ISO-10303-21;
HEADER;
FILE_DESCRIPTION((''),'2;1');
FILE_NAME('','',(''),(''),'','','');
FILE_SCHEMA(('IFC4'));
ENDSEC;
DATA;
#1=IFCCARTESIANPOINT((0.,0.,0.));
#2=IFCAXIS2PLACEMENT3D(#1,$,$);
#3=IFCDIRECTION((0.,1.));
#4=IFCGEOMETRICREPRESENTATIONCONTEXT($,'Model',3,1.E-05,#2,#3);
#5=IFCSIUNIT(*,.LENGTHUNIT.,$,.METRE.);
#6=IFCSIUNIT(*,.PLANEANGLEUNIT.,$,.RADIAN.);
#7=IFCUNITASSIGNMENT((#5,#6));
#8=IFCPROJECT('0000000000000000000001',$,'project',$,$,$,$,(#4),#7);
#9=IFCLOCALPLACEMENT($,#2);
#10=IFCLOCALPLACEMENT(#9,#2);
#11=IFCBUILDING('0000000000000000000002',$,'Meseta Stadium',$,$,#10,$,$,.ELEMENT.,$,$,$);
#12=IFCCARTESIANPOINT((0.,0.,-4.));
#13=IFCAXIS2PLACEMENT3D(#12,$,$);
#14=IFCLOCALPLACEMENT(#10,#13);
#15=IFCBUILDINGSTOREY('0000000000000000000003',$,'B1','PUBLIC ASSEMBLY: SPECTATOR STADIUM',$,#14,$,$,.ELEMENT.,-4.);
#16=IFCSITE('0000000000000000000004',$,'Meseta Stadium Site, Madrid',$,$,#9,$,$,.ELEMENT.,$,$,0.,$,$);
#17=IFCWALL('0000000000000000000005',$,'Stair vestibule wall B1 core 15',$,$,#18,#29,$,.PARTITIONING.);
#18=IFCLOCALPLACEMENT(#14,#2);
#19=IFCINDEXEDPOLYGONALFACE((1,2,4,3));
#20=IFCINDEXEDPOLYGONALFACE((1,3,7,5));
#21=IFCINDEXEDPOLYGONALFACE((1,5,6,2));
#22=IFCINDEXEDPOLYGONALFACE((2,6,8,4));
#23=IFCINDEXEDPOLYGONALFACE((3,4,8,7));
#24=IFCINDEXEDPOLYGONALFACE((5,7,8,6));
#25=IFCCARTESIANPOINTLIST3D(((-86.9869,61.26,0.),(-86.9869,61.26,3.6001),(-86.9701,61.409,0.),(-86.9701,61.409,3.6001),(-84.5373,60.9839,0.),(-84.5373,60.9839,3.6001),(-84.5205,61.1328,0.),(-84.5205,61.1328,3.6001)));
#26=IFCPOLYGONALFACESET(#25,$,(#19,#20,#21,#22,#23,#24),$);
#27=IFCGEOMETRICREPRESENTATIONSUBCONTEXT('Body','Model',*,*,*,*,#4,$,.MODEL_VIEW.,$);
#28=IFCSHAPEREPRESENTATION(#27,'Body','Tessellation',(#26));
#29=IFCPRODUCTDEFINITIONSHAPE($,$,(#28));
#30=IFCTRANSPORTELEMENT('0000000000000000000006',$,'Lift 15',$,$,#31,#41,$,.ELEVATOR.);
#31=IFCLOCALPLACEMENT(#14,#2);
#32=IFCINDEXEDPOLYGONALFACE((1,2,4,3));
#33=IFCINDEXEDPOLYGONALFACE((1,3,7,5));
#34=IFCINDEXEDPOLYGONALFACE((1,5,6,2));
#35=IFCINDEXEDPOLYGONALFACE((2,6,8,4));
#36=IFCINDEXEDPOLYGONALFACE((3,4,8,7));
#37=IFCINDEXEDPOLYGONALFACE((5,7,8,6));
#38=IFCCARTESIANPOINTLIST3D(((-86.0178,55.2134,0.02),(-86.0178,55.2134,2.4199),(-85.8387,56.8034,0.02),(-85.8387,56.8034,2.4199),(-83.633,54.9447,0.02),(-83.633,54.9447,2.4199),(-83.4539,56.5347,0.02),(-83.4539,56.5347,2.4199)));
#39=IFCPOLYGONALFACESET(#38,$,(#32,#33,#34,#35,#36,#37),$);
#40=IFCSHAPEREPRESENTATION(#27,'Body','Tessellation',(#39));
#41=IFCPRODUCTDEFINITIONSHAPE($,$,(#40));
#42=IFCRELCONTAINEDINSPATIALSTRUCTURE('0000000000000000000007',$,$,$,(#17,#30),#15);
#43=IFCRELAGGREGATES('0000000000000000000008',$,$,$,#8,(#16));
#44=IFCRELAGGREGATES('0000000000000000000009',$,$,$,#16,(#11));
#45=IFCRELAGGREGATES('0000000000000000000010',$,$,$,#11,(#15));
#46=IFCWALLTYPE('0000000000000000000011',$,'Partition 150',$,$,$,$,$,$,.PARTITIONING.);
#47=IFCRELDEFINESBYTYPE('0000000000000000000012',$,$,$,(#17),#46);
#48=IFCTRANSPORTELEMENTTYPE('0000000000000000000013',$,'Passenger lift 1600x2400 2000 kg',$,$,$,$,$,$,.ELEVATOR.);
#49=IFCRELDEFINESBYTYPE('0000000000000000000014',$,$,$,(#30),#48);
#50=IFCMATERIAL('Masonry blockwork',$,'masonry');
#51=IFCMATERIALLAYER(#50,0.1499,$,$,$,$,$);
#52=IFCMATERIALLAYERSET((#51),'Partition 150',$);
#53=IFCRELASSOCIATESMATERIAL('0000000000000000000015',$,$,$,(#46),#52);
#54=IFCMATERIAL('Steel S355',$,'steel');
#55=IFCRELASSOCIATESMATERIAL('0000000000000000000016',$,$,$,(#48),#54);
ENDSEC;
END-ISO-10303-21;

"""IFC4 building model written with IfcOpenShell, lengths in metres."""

from ifc_helpers import new_model, si_unit, direction, frame, frame_2d, origin, origin_2d, place, context, subcontext, project, spatial, rectangle, extrude, material, layer, layer_set, type_object, element, save


model = new_model("IFC4")

# Units and contexts
model_context = context("Model", 3, precision=1e-05, world=origin(), true_north=direction((0.0, 1.0)))
body_context = subcontext(model_context, "Body", "Model", "MODEL_VIEW")
ifc_project = project(units=[si_unit("LENGTHUNIT", "METRE"), si_unit("PLANEANGLEUNIT", "RADIAN")], contexts=[model_context])

# Site, building, storey
site_placement = place(None, origin())
site = spatial("IfcSite", under=ifc_project, at=site_placement, Name="Meseta Stadium Site, Madrid", CompositionType="ELEMENT", RefElevation=0.0)
building_placement = place(site_placement, origin())
building = spatial("IfcBuilding", under=site, at=building_placement, Name="Meseta Stadium", CompositionType="ELEMENT")
storey_placement = place(building_placement, frame((0.0, 0.0, -4.0)))
storey = spatial("IfcBuildingStorey", under=building, at=storey_placement, Name="B1", Description="PUBLIC ASSEMBLY: SPECTATOR STADIUM", CompositionType="ELEMENT", Elevation=-4.0)

# Shared definitions
ifc_material_1 = material(Name="Masonry blockwork", Category="masonry")
ifc_layer_1 = layer(ifc_material_1, 0.1499)
ifc_layer_set_1 = layer_set([ifc_layer_1], Name="Partition 150")
wall_type_1 = type_object("IfcWallType", Name="Partition 150", PredefinedType="PARTITIONING", material=ifc_layer_set_1)

# Wall
wall_1_placement = place(storey_placement, frame((-84.5291, 61.0583, 0.0), z_axis=(0.0, 0.0, 1.0), x_axis=(-0.993706, 0.112019, 0.0)))
element("IfcWall", 1, at=wall_1_placement, inside=storey, type_object=wall_type_1, Name="Stair vestibule wall B1 core 15", PredefinedType="PARTITIONING", context=body_context, shape_type="SweptSolid", body=[
    extrude(rectangle(XDim=2.4651, YDim=0.1499, at=frame_2d((1.2324, 0.0))), origin(), (0.0, 0.0, 1.0), 3.6001),
])

# Transport element
ifc_material_2 = material(Name="Steel S355", Category="steel")
transport_element_type = type_object("IfcTransportElementType", Name="Passenger lift 1600x2400 2000 kg", PredefinedType="ELEVATOR", material=ifc_material_2)
transport_element_placement = place(storey_placement, frame((-84.7358, 55.874, 0.02), z_axis=(0.0, 0.0, 1.0), x_axis=(0.993712, -0.111965, 0.0)))
element("IfcTransportElement", 2, at=transport_element_placement, inside=storey, type_object=transport_element_type, Name="Lift 15", PredefinedType="ELEVATOR", context=body_context, shape_type="SweptSolid", body=[
    extrude(rectangle(XDim=2.3999, YDim=1.6001, at=origin_2d()), origin(), (0.0, 0.0, 1.0), 2.3999),
])

save(model, "model.ifc")
